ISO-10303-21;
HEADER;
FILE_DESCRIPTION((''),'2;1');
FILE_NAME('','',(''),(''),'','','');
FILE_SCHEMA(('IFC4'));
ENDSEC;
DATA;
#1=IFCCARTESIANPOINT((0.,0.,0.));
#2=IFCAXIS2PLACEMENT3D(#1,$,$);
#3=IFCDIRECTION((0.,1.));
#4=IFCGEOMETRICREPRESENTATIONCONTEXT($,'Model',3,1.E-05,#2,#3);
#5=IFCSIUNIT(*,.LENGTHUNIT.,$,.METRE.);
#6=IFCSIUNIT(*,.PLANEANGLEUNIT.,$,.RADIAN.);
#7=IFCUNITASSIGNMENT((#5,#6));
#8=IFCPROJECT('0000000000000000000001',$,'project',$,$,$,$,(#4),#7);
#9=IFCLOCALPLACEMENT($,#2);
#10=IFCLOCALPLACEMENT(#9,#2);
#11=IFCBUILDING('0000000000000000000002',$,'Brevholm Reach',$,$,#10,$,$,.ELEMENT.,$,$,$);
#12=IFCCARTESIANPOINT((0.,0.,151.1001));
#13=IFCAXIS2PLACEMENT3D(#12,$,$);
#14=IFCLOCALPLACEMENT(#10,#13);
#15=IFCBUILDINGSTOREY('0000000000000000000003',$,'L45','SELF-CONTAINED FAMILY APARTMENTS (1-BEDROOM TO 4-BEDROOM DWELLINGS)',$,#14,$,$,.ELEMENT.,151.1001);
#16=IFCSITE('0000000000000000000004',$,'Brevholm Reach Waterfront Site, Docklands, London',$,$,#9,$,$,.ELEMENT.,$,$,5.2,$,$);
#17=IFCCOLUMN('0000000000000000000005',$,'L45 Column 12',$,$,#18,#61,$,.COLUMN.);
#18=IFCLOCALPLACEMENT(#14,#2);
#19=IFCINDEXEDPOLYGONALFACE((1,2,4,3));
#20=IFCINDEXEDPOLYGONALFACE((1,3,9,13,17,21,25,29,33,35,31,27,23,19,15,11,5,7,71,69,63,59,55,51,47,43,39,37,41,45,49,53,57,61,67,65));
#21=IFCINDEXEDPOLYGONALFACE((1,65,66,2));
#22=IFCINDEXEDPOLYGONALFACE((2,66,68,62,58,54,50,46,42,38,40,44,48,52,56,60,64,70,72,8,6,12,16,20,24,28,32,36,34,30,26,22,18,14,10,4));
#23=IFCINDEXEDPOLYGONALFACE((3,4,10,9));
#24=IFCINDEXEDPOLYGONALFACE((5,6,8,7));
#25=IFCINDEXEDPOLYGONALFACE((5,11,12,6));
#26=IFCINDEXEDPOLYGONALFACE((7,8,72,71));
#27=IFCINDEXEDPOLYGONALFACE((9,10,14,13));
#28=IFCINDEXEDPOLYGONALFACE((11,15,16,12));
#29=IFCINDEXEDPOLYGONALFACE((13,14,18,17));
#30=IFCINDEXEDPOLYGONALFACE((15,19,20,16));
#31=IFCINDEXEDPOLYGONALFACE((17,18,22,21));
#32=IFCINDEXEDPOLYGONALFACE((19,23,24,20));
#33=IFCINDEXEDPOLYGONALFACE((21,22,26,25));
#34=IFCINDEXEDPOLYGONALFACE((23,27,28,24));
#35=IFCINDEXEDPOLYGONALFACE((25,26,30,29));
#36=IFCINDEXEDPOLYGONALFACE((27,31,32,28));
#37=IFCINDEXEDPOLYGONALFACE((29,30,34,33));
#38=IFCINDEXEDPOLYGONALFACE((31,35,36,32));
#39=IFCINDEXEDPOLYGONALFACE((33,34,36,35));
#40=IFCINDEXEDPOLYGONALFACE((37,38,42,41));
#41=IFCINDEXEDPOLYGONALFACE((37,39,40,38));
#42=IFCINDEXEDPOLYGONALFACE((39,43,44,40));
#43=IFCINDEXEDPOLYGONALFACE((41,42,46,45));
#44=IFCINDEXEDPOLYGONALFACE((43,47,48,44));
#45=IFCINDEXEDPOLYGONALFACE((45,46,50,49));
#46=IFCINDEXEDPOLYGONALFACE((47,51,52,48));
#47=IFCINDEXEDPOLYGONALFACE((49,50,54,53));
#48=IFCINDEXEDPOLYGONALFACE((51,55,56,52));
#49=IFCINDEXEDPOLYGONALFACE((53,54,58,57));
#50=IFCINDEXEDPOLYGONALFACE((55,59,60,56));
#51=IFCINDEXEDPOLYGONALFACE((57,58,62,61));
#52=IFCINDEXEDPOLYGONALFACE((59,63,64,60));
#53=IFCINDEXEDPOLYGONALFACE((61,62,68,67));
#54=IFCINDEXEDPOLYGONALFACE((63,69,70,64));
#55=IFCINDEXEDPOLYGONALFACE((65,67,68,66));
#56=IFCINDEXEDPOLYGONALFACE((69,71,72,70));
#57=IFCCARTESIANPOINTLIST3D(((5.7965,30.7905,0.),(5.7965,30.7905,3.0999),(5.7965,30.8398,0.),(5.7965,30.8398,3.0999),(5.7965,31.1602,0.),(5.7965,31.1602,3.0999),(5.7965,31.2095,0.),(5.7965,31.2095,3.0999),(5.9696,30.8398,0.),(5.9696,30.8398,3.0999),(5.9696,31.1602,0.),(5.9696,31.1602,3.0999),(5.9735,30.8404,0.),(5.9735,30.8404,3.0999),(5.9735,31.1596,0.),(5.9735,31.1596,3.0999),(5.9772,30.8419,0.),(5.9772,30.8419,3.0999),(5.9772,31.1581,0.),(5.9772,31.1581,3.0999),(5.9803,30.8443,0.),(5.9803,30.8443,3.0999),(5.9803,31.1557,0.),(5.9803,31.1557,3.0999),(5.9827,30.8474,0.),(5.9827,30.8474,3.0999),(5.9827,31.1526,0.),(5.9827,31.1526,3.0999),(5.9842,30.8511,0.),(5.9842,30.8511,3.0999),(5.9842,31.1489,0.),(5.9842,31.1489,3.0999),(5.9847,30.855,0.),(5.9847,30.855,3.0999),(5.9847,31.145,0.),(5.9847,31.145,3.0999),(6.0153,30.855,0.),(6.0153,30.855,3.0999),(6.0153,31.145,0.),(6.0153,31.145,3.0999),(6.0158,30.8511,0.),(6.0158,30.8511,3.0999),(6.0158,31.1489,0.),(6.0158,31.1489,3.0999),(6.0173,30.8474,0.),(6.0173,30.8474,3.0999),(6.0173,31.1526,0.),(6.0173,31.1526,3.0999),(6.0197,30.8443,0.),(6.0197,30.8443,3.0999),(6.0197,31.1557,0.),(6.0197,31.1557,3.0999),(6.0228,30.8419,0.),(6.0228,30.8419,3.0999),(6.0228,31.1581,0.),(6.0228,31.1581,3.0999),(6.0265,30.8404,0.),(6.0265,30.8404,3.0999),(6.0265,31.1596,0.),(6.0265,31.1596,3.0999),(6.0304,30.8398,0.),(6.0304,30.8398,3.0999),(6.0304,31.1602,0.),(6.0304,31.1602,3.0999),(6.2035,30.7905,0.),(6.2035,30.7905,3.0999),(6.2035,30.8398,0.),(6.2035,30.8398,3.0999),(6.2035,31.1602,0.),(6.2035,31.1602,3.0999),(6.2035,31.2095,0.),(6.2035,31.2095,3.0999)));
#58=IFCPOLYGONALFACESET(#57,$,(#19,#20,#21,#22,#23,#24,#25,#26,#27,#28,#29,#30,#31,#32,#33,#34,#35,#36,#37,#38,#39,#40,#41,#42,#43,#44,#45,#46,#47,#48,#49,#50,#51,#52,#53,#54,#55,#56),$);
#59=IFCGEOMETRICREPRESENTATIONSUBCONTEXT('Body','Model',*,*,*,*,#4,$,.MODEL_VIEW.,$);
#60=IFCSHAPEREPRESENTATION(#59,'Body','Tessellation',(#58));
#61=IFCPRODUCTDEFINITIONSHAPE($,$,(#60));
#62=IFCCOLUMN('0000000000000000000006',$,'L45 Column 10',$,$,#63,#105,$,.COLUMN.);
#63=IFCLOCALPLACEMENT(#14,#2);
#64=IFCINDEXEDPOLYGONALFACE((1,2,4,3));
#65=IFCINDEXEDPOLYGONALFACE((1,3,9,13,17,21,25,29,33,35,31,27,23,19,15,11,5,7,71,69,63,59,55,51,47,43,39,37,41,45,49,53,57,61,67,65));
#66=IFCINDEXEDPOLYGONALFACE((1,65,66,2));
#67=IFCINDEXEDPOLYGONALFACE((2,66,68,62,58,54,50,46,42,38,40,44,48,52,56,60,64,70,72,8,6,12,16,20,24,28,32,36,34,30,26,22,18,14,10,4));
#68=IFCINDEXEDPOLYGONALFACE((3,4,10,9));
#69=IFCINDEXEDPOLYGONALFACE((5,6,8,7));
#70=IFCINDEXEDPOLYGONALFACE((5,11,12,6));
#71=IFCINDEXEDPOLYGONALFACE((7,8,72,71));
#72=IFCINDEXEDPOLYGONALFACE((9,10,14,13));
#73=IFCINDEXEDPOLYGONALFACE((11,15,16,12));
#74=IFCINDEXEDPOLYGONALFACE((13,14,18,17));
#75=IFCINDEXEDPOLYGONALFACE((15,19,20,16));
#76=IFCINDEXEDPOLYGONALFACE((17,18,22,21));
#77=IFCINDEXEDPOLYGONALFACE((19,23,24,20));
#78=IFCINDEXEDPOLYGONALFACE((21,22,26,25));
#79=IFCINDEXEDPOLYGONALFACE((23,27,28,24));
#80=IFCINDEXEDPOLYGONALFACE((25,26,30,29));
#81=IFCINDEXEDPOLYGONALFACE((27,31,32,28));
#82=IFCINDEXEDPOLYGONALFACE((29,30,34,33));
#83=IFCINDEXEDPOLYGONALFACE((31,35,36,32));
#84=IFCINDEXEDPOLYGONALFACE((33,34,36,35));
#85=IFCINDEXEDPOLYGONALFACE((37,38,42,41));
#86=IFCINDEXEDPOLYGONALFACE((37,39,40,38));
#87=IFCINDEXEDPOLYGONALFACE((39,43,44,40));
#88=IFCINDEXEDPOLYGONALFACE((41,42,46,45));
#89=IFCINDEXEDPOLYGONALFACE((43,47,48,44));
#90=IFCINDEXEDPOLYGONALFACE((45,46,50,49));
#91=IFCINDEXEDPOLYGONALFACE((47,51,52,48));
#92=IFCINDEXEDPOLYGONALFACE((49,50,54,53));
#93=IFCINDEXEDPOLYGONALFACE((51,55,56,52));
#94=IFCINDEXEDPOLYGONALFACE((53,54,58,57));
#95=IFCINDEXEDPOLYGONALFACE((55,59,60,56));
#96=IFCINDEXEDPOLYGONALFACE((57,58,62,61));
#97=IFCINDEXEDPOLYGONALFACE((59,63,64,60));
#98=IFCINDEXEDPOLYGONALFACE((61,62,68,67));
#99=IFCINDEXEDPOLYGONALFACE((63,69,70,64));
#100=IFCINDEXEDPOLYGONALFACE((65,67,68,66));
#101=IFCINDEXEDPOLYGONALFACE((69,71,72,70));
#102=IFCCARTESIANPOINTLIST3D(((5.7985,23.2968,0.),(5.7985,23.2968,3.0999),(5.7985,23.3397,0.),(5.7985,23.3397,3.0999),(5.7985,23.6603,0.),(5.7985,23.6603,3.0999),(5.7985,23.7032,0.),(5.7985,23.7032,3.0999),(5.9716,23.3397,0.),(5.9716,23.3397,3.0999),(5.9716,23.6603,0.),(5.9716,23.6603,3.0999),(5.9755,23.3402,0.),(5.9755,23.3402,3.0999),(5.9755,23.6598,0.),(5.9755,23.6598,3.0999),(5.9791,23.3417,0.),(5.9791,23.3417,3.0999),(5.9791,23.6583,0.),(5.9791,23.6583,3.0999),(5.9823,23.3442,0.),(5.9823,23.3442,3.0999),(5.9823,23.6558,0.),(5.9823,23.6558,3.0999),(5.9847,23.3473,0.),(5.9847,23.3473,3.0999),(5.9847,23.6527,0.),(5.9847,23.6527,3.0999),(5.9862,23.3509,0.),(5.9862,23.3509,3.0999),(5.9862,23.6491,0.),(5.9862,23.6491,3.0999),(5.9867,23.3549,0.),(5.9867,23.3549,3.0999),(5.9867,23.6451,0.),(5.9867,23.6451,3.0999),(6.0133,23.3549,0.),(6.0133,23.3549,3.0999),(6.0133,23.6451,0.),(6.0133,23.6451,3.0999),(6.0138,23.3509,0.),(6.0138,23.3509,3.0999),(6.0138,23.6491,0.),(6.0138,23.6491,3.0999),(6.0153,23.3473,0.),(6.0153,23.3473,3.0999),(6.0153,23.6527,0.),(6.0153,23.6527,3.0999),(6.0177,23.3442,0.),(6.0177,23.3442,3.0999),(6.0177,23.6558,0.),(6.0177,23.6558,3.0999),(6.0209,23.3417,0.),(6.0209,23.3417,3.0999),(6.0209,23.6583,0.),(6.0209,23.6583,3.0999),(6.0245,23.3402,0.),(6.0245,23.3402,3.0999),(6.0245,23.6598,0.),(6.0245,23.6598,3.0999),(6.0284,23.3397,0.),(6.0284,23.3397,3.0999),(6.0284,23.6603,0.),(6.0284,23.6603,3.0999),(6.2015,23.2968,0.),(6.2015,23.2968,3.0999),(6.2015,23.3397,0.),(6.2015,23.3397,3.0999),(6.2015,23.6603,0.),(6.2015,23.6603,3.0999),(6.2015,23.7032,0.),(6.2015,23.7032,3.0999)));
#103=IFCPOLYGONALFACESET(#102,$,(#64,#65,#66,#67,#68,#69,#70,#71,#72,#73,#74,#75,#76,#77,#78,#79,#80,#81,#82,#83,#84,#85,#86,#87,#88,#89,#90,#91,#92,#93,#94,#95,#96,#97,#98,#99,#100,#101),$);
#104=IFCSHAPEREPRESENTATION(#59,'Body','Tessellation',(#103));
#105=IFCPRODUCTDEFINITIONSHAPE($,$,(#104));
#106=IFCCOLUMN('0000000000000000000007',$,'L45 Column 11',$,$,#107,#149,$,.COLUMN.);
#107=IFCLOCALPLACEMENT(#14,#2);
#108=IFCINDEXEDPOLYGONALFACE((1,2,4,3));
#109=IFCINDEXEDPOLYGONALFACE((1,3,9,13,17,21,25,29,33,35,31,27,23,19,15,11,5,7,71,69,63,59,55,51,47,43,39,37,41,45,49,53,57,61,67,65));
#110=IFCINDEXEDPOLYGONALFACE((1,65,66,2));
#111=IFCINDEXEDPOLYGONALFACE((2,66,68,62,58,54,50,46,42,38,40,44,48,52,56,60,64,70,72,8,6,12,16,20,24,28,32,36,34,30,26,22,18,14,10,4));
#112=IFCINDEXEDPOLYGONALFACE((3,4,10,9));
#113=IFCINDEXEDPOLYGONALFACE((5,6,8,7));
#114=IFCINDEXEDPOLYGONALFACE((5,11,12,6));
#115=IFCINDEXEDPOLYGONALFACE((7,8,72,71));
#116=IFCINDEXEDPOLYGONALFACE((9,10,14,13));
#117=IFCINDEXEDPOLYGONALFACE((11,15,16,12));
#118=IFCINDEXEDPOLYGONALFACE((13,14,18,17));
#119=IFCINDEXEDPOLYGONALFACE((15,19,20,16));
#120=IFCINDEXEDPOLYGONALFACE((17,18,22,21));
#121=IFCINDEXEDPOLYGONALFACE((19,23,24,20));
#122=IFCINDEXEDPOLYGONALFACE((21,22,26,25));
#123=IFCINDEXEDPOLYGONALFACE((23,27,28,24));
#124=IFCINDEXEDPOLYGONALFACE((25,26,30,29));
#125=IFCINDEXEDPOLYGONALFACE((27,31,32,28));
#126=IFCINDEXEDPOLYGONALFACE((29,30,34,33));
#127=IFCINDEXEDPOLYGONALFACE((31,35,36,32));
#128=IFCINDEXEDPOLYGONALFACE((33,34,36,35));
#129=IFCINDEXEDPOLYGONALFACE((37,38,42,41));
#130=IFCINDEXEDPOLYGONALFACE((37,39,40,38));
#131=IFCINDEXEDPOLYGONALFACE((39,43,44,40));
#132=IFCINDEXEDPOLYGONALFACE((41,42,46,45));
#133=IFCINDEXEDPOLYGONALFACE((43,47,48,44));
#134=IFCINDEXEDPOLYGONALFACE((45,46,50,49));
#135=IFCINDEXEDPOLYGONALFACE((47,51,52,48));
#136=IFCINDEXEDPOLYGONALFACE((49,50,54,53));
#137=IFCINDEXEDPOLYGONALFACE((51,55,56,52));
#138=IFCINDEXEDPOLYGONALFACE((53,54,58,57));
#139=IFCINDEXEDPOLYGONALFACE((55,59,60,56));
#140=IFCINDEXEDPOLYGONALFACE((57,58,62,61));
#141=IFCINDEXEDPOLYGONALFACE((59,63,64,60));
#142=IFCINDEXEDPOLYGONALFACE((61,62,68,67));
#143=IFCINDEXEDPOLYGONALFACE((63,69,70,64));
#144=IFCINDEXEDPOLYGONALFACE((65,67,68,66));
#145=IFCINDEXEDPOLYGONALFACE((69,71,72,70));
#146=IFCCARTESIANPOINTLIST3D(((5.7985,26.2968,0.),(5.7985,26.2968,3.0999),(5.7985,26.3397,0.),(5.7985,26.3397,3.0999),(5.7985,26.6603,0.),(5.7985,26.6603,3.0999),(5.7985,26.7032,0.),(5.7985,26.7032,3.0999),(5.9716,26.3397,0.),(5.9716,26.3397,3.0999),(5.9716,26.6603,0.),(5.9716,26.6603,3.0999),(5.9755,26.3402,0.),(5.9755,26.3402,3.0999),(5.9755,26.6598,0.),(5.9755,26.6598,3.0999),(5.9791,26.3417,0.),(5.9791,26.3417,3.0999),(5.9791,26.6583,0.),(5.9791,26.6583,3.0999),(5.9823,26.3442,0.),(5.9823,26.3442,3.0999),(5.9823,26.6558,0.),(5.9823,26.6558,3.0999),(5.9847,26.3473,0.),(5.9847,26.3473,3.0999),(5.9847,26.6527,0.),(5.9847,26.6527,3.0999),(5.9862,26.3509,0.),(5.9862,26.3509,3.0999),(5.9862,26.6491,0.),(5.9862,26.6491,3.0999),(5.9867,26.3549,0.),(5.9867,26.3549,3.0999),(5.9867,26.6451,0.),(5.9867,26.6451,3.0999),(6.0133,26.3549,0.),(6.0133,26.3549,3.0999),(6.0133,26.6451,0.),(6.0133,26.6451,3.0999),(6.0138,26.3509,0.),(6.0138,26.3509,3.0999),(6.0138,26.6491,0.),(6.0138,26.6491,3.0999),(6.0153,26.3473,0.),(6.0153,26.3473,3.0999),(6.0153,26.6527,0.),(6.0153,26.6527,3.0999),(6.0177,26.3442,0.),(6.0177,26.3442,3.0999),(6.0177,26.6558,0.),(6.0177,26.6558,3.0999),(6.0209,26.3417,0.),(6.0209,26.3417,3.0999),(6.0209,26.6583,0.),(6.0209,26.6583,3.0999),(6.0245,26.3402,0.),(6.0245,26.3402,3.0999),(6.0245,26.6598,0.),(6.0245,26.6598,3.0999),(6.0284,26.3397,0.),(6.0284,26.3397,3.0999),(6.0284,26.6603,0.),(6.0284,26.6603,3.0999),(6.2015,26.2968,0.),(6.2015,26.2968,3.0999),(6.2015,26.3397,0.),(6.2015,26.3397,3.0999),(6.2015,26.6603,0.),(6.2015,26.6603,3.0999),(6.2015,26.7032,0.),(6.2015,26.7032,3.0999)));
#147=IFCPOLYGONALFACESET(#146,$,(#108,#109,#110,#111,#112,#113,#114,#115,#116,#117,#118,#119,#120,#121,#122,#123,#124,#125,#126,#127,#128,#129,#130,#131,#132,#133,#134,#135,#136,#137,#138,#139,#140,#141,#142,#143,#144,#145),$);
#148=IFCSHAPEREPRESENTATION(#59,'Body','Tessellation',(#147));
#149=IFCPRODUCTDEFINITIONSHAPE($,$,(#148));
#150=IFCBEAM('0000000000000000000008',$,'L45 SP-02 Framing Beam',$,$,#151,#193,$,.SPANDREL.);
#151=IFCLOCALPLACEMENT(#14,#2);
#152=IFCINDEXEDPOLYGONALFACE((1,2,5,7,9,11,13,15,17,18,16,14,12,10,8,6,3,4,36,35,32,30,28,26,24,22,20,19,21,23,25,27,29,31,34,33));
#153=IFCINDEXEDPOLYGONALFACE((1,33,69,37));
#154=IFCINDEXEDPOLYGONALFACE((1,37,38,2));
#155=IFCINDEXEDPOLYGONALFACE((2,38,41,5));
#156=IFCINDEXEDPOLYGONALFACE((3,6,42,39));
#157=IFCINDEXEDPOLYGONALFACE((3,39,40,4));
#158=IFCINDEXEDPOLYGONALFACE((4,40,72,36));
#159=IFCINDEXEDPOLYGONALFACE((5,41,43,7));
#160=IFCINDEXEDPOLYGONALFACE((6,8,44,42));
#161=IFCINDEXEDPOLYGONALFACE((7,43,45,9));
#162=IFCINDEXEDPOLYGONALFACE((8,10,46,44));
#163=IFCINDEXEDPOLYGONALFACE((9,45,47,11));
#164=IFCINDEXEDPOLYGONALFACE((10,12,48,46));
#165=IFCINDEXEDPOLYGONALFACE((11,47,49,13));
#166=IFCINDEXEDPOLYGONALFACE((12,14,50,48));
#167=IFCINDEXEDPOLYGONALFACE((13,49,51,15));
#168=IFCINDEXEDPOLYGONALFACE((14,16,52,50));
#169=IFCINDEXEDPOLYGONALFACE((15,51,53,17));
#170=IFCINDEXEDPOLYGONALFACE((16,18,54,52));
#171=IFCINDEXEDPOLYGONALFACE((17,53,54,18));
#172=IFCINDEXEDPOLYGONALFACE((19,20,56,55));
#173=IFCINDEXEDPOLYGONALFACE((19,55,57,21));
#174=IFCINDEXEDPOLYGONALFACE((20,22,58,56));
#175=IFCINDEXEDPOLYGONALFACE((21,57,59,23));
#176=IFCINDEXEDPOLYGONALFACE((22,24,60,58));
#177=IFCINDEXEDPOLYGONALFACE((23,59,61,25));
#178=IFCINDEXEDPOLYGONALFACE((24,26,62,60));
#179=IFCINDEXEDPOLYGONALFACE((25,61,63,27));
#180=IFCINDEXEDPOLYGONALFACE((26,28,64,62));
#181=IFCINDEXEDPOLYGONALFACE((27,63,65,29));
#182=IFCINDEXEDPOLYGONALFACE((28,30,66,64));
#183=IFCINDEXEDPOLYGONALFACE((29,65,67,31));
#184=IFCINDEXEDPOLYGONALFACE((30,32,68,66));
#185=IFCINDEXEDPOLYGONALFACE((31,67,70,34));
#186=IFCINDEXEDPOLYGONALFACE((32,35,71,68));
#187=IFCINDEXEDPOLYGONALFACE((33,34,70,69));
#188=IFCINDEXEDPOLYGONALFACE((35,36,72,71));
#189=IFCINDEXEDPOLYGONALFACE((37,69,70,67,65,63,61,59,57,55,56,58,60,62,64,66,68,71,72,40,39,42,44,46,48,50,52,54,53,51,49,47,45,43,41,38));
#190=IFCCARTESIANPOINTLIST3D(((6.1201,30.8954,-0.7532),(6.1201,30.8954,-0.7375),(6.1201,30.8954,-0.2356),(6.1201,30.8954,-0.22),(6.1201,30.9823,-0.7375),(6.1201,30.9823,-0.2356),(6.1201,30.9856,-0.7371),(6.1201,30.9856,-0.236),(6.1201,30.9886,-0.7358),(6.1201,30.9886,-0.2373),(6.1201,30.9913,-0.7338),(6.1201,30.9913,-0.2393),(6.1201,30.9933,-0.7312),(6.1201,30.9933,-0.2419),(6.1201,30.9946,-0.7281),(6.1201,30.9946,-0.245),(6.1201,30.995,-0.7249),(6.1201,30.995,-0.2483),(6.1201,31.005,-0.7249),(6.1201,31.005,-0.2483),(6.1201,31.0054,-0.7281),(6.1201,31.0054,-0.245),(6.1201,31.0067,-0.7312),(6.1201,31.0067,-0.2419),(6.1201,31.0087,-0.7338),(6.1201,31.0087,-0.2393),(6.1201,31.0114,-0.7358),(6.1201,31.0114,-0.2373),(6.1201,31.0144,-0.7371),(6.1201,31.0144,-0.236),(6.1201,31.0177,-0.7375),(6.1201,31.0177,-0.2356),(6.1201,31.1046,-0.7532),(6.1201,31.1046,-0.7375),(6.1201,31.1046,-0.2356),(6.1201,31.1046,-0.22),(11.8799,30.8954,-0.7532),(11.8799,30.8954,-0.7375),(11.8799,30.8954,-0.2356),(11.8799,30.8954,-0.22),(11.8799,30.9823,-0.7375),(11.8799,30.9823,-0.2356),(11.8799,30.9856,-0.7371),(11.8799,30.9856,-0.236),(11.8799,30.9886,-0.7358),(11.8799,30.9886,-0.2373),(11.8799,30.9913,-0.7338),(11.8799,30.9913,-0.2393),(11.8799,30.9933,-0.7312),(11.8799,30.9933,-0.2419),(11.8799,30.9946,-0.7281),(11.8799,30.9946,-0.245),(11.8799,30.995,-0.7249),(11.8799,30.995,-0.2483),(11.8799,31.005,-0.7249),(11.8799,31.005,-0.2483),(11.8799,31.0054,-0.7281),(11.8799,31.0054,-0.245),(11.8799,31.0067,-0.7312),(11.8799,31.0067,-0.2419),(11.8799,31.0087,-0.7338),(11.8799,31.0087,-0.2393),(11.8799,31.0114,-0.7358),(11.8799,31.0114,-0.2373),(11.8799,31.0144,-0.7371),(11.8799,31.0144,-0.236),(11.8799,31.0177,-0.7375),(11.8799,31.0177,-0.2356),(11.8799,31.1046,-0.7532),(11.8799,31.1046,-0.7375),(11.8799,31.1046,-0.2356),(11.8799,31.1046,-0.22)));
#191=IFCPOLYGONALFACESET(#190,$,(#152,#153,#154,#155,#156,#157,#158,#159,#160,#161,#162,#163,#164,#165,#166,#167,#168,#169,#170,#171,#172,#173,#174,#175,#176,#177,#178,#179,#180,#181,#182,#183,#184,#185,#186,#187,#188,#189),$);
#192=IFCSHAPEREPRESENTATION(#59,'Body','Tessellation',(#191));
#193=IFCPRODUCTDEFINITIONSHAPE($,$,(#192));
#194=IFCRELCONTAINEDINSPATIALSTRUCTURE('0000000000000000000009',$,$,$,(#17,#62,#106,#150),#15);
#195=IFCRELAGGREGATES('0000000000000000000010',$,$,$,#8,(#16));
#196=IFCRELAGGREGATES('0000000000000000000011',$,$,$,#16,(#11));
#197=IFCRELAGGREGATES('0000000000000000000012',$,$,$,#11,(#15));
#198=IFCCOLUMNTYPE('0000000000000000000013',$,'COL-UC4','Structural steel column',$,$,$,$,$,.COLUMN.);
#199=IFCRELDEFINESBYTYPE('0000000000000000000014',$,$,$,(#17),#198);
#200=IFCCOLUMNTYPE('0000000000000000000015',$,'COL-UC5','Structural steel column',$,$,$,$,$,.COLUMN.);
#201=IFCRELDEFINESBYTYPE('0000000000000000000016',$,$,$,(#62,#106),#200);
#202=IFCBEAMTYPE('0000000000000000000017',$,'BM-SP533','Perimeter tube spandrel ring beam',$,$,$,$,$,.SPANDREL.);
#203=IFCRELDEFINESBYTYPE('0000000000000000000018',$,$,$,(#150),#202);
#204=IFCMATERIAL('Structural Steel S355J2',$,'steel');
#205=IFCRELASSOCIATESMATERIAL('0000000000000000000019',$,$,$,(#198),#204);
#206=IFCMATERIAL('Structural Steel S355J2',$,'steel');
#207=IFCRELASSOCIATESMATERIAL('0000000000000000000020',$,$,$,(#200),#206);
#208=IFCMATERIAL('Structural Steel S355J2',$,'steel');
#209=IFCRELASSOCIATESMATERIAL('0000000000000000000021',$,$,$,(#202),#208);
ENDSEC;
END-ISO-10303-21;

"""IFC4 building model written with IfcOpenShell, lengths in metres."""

from ifc_helpers import new_model, si_unit, direction, frame, origin, origin_2d, place, context, subcontext, project, spatial, i_section, extrude, material, material_profile, profile_set, type_object, element, save


model = new_model("IFC4")

# Units and contexts
model_context = context("Model", 3, precision=1e-05, world=origin(), true_north=direction((0.0, 1.0)))
body_context = subcontext(model_context, "Body", "Model", "MODEL_VIEW")
ifc_project = project(units=[si_unit("LENGTHUNIT", "METRE"), si_unit("PLANEANGLEUNIT", "RADIAN")], contexts=[model_context])

# Site, building, storey
site_placement = place(None, origin())
site = spatial("IfcSite", under=ifc_project, at=site_placement, Name="Brevholm Reach Waterfront Site, Docklands, London", CompositionType="ELEMENT", RefElevation=5.2)
building_placement = place(site_placement, origin())
building = spatial("IfcBuilding", under=site, at=building_placement, Name="Brevholm Reach", CompositionType="ELEMENT")
storey_placement = place(building_placement, frame((0.0, 0.0, 151.1001)))
storey = spatial("IfcBuildingStorey", under=building, at=storey_placement, Name="L45", Description="SELF-CONTAINED FAMILY APARTMENTS (1-BEDROOM TO 4-BEDROOM DWELLINGS)", CompositionType="ELEMENT", Elevation=151.1001)

# Columns
ifc_material_1 = material(Name="Structural Steel S355J2", Category="steel")
ifc_material_profile_1 = material_profile(ifc_material_1, i_section(OverallWidth=0.407, OverallDepth=0.4189, WebThickness=0.0305, FlangeThickness=0.0493, FilletRadius=0.0151, at=origin_2d()), Name="UKC 356x406x393")
ifc_profile_set_1 = profile_set([ifc_material_profile_1], Name="Structural Steel S355J2")
column_type_1 = type_object("IfcColumnType", Name="COL-UC4", Description="Structural steel column", PredefinedType="COLUMN", material=ifc_profile_set_1)
for number, where, z_axis, x_axis, name in (
    (1, (6.0, 31.0, 0.0), (0.0, 0.0, 1.0), (1.0, 0.0, 0.0), "L45 Column 12"),
):
    element("IfcColumn", number, at=place(storey_placement, frame(where, z_axis=z_axis, x_axis=x_axis)), inside=storey, type_object=column_type_1, Name=name, PredefinedType="COLUMN", context=body_context, shape_type="SweptSolid", body=[
        extrude(i_section(OverallWidth=0.407, OverallDepth=0.4189, WebThickness=0.0305, FlangeThickness=0.0493, FilletRadius=0.0151, at=origin_2d()), origin(), (0.0, 0.0, 1.0), 3.0999),
    ])
ifc_material_2 = material(Name="Structural Steel S355J2", Category="steel")
ifc_material_profile_2 = material_profile(ifc_material_2, i_section(OverallWidth=0.4031, OverallDepth=0.4065, WebThickness=0.0266, FlangeThickness=0.043, FilletRadius=0.0151, at=origin_2d()), Name="UKC 356x406x340")
ifc_profile_set_2 = profile_set([ifc_material_profile_2], Name="Structural Steel S355J2")
column_type_2 = type_object("IfcColumnType", Name="COL-UC5", Description="Structural steel column", PredefinedType="COLUMN", material=ifc_profile_set_2)
for number, where, z_axis, x_axis, name in (
    (2, (6.0, 23.5, 0.0), (0.0, 0.0, 1.0), (1.0, 0.0, 0.0), "L45 Column 10"),
    (3, (6.0, 26.5, 0.0), (0.0, 0.0, 1.0), (1.0, 0.0, 0.0), "L45 Column 11"),
):
    element("IfcColumn", number, at=place(storey_placement, frame(where, z_axis=z_axis, x_axis=x_axis)), inside=storey, type_object=column_type_2, Name=name, PredefinedType="COLUMN", context=body_context, shape_type="SweptSolid", body=[
        extrude(i_section(OverallWidth=0.4031, OverallDepth=0.4065, WebThickness=0.0266, FlangeThickness=0.043, FilletRadius=0.0151, at=origin_2d()), origin(), (0.0, 0.0, 1.0), 3.0999),
    ])

# Beam
ifc_material_3 = material(Name="Structural Steel S355J2", Category="steel")
ifc_material_profile_3 = material_profile(ifc_material_3, i_section(OverallWidth=0.2092, OverallDepth=0.5332, WebThickness=0.01, FlangeThickness=0.0156, FilletRadius=0.0127, at=origin_2d()), Name="UKB 533x210x92")
ifc_profile_set_3 = profile_set([ifc_material_profile_3], Name="Structural Steel S355J2")
beam_type_1 = type_object("IfcBeamType", Name="BM-SP533", Description="Perimeter tube spandrel ring beam", PredefinedType="SPANDREL", material=ifc_profile_set_3)
beam_1_placement = place(storey_placement, frame((6.1201, 31.0, -0.4866), z_axis=(1.0, 0.0, 0.0), x_axis=(0.0, 1.0, 0.0)))
element("IfcBeam", 4, at=beam_1_placement, inside=storey, type_object=beam_type_1, Name="L45 SP-02 Framing Beam", PredefinedType="SPANDREL", context=body_context, shape_type="SweptSolid", body=[
    extrude(i_section(OverallWidth=0.2092, OverallDepth=0.5332, WebThickness=0.01, FlangeThickness=0.0156, FilletRadius=0.0127, at=origin_2d()), origin(), (0.0, 0.0, 1.0), 5.7598),
])

save(model, "model.ifc")
